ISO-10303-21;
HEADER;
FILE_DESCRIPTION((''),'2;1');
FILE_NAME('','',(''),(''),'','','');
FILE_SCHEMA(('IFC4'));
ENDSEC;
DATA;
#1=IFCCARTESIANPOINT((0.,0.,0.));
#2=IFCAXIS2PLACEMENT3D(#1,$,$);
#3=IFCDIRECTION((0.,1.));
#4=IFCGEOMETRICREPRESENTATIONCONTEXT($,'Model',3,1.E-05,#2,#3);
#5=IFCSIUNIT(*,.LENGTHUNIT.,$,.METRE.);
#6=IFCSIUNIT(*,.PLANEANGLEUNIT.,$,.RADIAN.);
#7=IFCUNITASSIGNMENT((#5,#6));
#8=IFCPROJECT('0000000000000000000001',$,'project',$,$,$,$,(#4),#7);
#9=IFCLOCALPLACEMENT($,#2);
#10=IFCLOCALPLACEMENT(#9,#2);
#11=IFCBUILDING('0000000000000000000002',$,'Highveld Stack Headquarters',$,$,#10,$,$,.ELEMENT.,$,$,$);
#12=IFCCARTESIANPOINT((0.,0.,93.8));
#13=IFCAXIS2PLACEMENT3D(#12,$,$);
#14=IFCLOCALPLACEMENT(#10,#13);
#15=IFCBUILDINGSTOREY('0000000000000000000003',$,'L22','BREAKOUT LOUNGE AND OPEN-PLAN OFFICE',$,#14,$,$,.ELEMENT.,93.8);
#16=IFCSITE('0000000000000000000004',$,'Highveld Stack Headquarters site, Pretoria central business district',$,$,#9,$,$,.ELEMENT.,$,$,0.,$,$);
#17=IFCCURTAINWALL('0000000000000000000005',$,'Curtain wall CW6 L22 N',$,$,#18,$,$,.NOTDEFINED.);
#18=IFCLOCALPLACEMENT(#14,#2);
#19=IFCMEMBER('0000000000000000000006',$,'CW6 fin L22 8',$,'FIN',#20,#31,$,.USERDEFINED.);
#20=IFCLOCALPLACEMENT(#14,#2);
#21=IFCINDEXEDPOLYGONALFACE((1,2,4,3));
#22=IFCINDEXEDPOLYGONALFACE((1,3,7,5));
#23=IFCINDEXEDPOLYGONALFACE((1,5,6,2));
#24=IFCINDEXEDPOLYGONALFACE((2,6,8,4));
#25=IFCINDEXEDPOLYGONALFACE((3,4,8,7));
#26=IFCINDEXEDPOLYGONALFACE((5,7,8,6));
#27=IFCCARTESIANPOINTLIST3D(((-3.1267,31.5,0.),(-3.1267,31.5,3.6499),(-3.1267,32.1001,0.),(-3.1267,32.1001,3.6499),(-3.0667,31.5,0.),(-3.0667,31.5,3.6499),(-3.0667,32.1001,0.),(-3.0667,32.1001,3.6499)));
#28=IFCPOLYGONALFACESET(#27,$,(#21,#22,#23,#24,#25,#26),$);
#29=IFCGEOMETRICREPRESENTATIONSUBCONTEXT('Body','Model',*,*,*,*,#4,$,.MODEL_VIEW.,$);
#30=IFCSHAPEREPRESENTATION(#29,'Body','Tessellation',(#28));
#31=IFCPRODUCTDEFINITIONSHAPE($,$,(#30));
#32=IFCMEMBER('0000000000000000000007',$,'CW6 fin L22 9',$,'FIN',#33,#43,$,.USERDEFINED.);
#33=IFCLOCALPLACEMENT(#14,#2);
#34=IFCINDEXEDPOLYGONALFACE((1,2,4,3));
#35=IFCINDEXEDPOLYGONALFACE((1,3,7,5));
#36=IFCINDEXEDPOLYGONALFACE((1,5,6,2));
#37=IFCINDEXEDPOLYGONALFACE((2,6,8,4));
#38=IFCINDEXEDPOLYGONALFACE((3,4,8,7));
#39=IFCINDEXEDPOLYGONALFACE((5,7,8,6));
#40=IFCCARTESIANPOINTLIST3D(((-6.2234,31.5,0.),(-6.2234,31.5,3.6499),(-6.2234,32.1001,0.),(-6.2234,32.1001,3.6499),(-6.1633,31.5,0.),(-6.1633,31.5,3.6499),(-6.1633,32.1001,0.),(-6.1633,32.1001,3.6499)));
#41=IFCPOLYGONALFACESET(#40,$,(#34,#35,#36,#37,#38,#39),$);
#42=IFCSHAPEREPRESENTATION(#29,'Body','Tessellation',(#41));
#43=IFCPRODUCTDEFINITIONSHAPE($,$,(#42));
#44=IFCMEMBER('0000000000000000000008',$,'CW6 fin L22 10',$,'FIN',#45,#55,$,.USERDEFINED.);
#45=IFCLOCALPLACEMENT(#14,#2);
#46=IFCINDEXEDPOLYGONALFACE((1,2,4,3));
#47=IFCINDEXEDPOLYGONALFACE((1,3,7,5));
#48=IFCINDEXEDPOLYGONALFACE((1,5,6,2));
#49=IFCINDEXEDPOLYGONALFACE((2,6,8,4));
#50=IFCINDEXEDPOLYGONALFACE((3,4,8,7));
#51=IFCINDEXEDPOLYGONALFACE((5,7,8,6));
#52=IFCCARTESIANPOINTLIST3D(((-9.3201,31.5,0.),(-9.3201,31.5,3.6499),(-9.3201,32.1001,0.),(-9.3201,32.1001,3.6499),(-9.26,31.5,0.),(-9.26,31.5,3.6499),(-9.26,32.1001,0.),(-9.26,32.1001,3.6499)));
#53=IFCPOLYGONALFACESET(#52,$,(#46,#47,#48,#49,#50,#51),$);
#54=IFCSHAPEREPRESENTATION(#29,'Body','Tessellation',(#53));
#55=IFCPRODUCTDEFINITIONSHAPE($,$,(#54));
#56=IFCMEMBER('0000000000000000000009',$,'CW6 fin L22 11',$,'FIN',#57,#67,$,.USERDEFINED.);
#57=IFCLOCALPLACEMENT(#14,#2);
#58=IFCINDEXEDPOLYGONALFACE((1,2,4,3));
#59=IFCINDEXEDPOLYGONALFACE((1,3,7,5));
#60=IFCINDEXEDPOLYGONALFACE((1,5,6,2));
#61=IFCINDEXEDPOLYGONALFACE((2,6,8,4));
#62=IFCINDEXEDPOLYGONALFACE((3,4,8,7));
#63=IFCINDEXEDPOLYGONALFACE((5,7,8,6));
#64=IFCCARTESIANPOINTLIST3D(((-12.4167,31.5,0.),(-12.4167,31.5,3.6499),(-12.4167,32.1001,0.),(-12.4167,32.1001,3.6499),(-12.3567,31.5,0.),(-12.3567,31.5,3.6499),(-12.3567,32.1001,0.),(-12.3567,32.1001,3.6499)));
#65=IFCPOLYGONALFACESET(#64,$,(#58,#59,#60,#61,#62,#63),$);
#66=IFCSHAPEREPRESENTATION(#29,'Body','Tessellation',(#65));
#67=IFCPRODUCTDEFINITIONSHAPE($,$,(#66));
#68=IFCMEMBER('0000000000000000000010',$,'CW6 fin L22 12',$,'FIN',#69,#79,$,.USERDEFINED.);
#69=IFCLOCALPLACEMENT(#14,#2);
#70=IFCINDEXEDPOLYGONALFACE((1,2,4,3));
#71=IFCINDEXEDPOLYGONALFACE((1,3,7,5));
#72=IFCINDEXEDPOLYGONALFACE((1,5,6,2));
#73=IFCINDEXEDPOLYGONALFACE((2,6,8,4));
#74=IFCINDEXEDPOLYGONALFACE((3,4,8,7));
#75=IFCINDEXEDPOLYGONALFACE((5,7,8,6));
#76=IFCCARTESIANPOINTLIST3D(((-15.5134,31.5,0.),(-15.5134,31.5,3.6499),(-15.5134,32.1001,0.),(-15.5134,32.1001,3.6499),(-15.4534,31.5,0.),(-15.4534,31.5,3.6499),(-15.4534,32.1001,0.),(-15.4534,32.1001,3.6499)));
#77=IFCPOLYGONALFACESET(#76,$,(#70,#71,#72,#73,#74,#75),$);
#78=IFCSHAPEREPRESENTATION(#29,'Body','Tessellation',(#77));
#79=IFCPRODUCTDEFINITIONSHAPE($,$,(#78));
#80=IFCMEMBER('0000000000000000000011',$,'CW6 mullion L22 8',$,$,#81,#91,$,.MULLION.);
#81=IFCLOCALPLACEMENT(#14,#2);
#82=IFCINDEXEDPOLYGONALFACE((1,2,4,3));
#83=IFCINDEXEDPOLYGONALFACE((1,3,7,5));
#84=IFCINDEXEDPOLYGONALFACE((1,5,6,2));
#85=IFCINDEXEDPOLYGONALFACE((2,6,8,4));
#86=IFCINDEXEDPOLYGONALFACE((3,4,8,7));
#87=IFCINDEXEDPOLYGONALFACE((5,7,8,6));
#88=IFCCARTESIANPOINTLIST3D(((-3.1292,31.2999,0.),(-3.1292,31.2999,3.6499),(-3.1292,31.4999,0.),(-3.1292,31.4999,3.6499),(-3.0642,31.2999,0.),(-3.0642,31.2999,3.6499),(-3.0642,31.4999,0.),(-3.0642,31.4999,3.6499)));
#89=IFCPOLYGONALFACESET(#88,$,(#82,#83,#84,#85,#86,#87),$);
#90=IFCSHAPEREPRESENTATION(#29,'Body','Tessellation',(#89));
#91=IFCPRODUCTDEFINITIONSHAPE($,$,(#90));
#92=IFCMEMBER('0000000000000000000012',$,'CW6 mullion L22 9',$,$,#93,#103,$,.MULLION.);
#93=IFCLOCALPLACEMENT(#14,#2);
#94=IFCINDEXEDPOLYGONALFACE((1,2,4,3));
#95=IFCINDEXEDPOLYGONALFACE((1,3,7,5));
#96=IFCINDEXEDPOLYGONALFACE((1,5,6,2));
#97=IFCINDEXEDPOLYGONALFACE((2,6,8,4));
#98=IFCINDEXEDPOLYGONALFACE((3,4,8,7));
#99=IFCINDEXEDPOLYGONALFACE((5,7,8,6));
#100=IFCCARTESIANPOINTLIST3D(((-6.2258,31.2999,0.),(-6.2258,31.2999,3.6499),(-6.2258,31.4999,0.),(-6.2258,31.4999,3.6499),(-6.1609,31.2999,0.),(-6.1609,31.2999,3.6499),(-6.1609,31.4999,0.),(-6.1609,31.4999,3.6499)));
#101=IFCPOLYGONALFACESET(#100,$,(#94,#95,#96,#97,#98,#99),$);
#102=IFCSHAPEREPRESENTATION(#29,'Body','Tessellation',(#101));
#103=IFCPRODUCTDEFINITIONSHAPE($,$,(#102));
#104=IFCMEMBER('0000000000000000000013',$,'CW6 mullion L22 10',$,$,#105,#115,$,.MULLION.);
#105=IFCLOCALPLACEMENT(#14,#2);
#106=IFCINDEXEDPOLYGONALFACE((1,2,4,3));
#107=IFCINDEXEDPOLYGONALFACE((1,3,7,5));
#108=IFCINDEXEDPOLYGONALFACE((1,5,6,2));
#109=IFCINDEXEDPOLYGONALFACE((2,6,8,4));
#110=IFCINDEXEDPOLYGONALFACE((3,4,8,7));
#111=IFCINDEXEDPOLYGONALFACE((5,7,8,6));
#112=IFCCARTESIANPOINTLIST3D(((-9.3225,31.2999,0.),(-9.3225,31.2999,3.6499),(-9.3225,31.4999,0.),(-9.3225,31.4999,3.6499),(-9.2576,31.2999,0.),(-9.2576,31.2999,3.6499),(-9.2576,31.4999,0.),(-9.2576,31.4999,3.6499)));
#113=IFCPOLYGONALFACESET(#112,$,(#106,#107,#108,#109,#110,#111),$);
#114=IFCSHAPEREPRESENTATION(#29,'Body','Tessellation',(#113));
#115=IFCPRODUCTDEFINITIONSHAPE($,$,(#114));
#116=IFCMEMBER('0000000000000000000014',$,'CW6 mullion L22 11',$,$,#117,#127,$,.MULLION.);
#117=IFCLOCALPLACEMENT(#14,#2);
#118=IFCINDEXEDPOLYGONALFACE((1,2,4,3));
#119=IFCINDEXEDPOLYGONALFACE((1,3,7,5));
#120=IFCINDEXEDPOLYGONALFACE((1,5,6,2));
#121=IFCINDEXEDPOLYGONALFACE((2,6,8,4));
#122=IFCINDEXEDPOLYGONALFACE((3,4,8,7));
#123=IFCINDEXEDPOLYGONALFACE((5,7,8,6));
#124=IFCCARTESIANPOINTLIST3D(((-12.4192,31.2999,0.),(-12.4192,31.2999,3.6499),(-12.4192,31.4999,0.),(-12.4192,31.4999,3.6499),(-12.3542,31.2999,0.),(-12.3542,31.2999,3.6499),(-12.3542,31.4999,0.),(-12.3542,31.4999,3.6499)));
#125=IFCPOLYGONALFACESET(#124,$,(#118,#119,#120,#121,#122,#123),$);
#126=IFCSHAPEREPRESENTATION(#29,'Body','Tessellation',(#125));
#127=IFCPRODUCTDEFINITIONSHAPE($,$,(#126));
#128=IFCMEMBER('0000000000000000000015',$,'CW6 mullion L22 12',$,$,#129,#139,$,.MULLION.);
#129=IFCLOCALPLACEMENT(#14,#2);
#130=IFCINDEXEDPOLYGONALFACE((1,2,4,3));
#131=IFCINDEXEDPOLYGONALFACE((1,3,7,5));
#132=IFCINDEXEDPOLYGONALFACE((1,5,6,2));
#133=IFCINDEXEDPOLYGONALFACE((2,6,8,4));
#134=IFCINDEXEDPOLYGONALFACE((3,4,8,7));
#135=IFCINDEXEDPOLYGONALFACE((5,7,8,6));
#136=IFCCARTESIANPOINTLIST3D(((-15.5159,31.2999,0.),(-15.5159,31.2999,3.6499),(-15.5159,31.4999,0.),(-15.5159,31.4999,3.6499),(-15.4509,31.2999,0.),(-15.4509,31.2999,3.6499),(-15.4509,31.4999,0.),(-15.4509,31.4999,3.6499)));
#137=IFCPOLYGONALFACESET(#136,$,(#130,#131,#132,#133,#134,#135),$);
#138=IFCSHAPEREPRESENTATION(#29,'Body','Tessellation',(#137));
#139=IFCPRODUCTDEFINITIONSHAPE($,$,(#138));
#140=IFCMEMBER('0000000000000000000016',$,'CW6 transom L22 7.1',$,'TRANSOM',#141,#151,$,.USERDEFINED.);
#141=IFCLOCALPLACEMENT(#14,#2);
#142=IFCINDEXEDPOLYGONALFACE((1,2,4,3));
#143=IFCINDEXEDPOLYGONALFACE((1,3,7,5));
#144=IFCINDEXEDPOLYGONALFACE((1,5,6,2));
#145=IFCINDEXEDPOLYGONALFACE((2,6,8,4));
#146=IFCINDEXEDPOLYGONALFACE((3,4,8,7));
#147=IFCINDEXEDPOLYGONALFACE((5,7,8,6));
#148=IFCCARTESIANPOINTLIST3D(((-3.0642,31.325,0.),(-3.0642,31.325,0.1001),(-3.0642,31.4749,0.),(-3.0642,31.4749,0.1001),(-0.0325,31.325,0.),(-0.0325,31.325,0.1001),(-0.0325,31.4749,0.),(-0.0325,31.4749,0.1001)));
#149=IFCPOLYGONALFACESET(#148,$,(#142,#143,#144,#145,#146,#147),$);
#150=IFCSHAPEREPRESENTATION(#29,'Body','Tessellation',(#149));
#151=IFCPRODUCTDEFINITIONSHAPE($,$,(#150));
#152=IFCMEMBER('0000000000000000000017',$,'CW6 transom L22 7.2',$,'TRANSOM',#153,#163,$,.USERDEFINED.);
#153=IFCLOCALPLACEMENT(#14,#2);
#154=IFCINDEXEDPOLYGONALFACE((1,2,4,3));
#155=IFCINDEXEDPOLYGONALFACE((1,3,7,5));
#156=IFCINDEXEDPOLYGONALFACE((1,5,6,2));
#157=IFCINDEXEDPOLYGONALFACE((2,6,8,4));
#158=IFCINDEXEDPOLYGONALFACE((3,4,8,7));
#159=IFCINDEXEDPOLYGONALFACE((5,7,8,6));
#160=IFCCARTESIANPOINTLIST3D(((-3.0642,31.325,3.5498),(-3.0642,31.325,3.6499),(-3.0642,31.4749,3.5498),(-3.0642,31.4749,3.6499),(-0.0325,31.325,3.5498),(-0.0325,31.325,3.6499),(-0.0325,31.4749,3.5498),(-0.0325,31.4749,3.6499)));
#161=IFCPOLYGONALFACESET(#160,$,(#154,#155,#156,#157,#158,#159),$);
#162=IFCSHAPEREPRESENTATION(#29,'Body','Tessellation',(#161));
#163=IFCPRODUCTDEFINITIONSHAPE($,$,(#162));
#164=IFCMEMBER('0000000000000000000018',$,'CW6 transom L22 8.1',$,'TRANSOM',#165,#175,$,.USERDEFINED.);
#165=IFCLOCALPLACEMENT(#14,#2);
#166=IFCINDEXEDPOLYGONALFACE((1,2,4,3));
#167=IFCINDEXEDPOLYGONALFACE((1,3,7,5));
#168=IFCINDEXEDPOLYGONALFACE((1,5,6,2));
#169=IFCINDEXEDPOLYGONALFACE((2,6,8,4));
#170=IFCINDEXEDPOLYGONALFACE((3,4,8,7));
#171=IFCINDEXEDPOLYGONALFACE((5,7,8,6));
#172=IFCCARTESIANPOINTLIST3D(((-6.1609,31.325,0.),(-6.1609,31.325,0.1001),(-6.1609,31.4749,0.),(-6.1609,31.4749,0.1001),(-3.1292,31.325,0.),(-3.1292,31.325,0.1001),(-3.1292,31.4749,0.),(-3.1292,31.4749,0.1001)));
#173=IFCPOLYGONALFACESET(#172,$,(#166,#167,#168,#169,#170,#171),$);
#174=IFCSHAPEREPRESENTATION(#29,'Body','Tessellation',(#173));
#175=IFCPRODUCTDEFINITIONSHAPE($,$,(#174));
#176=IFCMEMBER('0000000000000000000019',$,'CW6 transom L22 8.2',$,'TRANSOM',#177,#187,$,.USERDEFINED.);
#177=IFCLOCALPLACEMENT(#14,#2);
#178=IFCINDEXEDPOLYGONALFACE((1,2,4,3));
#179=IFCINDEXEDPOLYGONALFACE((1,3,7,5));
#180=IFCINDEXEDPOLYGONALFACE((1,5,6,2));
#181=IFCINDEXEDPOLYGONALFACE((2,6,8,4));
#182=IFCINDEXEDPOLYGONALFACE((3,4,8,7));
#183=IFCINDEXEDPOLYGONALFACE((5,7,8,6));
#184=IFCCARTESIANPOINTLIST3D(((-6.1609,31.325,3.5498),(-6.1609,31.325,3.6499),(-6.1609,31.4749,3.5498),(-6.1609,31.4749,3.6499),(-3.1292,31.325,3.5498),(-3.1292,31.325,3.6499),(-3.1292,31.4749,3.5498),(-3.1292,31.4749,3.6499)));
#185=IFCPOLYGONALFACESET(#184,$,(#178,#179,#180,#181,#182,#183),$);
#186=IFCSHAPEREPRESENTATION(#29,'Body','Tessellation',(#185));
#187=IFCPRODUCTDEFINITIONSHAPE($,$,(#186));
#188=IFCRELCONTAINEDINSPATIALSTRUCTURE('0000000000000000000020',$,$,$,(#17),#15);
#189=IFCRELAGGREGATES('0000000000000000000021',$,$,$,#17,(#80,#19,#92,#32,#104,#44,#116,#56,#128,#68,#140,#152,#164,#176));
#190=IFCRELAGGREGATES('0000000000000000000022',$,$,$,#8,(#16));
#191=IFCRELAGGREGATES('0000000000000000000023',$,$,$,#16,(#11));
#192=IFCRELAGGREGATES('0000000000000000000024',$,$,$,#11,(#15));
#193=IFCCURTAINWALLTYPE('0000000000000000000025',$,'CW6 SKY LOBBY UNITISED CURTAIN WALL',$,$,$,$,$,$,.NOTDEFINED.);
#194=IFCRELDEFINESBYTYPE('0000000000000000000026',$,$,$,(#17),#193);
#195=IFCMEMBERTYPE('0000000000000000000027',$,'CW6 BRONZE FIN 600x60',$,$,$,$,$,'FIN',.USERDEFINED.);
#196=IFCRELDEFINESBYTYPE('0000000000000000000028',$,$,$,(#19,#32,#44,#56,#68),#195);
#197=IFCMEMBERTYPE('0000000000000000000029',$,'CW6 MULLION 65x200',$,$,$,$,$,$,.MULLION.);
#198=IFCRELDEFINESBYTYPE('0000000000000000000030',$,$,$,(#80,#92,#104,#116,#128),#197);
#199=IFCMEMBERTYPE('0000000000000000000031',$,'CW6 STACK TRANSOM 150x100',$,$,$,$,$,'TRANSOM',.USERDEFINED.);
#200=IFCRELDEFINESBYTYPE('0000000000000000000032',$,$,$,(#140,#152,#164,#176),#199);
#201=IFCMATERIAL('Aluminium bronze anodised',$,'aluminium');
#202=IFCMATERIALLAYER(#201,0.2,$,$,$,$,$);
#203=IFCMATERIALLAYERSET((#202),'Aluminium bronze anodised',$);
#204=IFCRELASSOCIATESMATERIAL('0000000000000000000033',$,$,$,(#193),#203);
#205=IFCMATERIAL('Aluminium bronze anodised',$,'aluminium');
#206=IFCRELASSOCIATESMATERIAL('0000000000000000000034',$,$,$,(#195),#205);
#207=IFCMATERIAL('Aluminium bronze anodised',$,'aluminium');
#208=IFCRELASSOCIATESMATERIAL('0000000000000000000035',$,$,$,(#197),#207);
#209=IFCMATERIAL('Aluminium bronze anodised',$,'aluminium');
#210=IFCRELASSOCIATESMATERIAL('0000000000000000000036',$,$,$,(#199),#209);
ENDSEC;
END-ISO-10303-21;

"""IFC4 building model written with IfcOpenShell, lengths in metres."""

from ifc_helpers import new_model, si_unit, direction, frame, origin, origin_2d, place, context, subcontext, project, spatial, rectangle, extrude, material, layer, layer_set, material_profile, profile_set, type_object, element, aggregate, save


model = new_model("IFC4")

# Units and contexts
model_context = context("Model", 3, precision=1e-05, world=origin(), true_north=direction((0.0, 1.0)))
body_context = subcontext(model_context, "Body", "Model", "MODEL_VIEW")
ifc_project = project(units=[si_unit("LENGTHUNIT", "METRE"), si_unit("PLANEANGLEUNIT", "RADIAN")], contexts=[model_context])

# Site, building, storey
site_placement = place(None, origin())
site = spatial("IfcSite", under=ifc_project, at=site_placement, Name="Highveld Stack Headquarters site, Pretoria central business district", CompositionType="ELEMENT", RefElevation=0.0)
building_placement = place(site_placement, origin())
building = spatial("IfcBuilding", under=site, at=building_placement, Name="Highveld Stack Headquarters", CompositionType="ELEMENT")
storey_placement = place(building_placement, frame((0.0, 0.0, 93.8)))
storey = spatial("IfcBuildingStorey", under=building, at=storey_placement, Name="L22", Description="BREAKOUT LOUNGE AND OPEN-PLAN OFFICE", CompositionType="ELEMENT", Elevation=93.8)

# Curtain wall, members
ifc_material_1 = material(Name="Aluminium bronze anodised", Category="aluminium")
ifc_layer_1 = layer(ifc_material_1, 0.2)
ifc_layer_set_1 = layer_set([ifc_layer_1], Name="Aluminium bronze anodised")
curtain_wall_type = type_object("IfcCurtainWallType", Name="CW6 SKY LOBBY UNITISED CURTAIN WALL", PredefinedType="NOTDEFINED", material=ifc_layer_set_1)
curtain_wall_placement = place(storey_placement, origin())
curtain_wall = element("IfcCurtainWall", 1, at=curtain_wall_placement, inside=storey, type_object=curtain_wall_type, Name="Curtain wall CW6 L22 N", PredefinedType="NOTDEFINED")
ifc_material_2 = material(Name="Aluminium bronze anodised", Category="aluminium")
ifc_material_profile_1 = material_profile(ifc_material_2, rectangle(XDim=0.6001, YDim=0.0601, at=origin_2d()), Name="FIN 600x60")
ifc_profile_set_1 = profile_set([ifc_material_profile_1], Name="Aluminium bronze anodised")
member_type_1 = type_object("IfcMemberType", Name="CW6 BRONZE FIN 600x60", ElementType="FIN", PredefinedType="USERDEFINED", material=ifc_profile_set_1)
member_1_placement = place(storey_placement, frame((-3.0967, 31.8, 0.0), z_axis=(0.0, 0.0, 1.0), x_axis=(0.0, -1.0, 0.0)))
member_1 = element("IfcMember", 2, at=member_1_placement, type_object=member_type_1, Name="CW6 fin L22 8", ObjectType="FIN", PredefinedType="USERDEFINED", context=body_context, shape_type="SweptSolid", body=[
    extrude(rectangle(XDim=0.6001, YDim=0.0601, at=origin_2d()), origin(), (0.0, 0.0, 1.0), 3.6499),
])
member_2_placement = place(storey_placement, frame((-6.1934, 31.8, 0.0), z_axis=(0.0, 0.0, 1.0), x_axis=(0.0, -1.0, 0.0)))
member_2 = element("IfcMember", 3, at=member_2_placement, type_object=member_type_1, Name="CW6 fin L22 9", ObjectType="FIN", PredefinedType="USERDEFINED", context=body_context, shape_type="SweptSolid", body=[
    extrude(rectangle(XDim=0.6001, YDim=0.0601, at=origin_2d()), origin(), (0.0, 0.0, 1.0), 3.6499),
])
member_3_placement = place(storey_placement, frame((-9.29, 31.8, 0.0), z_axis=(0.0, 0.0, 1.0), x_axis=(0.0, -1.0, 0.0)))
member_3 = element("IfcMember", 4, at=member_3_placement, type_object=member_type_1, Name="CW6 fin L22 10", ObjectType="FIN", PredefinedType="USERDEFINED", context=body_context, shape_type="SweptSolid", body=[
    extrude(rectangle(XDim=0.6001, YDim=0.0601, at=origin_2d()), origin(), (0.0, 0.0, 1.0), 3.6499),
])
member_4_placement = place(storey_placement, frame((-12.3867, 31.8, 0.0), z_axis=(0.0, 0.0, 1.0), x_axis=(0.0, -1.0, 0.0)))
member_4 = element("IfcMember", 5, at=member_4_placement, type_object=member_type_1, Name="CW6 fin L22 11", ObjectType="FIN", PredefinedType="USERDEFINED", context=body_context, shape_type="SweptSolid", body=[
    extrude(rectangle(XDim=0.6001, YDim=0.0601, at=origin_2d()), origin(), (0.0, 0.0, 1.0), 3.6499),
])
member_5_placement = place(storey_placement, frame((-15.4834, 31.8, 0.0), z_axis=(0.0, 0.0, 1.0), x_axis=(0.0, -1.0, 0.0)))
member_5 = element("IfcMember", 6, at=member_5_placement, type_object=member_type_1, Name="CW6 fin L22 12", ObjectType="FIN", PredefinedType="USERDEFINED", context=body_context, shape_type="SweptSolid", body=[
    extrude(rectangle(XDim=0.6001, YDim=0.0601, at=origin_2d()), origin(), (0.0, 0.0, 1.0), 3.6499),
])
ifc_material_3 = material(Name="Aluminium bronze anodised", Category="aluminium")
ifc_material_profile_2 = material_profile(ifc_material_3, rectangle(XDim=0.2, YDim=0.0649, at=origin_2d()), Name="CW6 MULLION 65x200")
ifc_profile_set_2 = profile_set([ifc_material_profile_2], Name="Aluminium bronze anodised")
member_type_2 = type_object("IfcMemberType", Name="CW6 MULLION 65x200", PredefinedType="MULLION", material=ifc_profile_set_2)
member_6_placement = place(storey_placement, frame((-3.0967, 31.3999, 0.0), z_axis=(0.0, 0.0, 1.0), x_axis=(0.0, -1.0, 0.0)))
member_6 = element("IfcMember", 7, at=member_6_placement, type_object=member_type_2, Name="CW6 mullion L22 8", PredefinedType="MULLION", context=body_context, shape_type="SweptSolid", body=[
    extrude(rectangle(XDim=0.2, YDim=0.0649, at=origin_2d()), origin(), (0.0, 0.0, 1.0), 3.6499),
])
member_7_placement = place(storey_placement, frame((-6.1934, 31.3999, 0.0), z_axis=(0.0, 0.0, 1.0), x_axis=(0.0, -1.0, 0.0)))
member_7 = element("IfcMember", 8, at=member_7_placement, type_object=member_type_2, Name="CW6 mullion L22 9", PredefinedType="MULLION", context=body_context, shape_type="SweptSolid", body=[
    extrude(rectangle(XDim=0.2, YDim=0.0649, at=origin_2d()), origin(), (0.0, 0.0, 1.0), 3.6499),
])
member_8_placement = place(storey_placement, frame((-9.29, 31.3999, 0.0), z_axis=(0.0, 0.0, 1.0), x_axis=(0.0, -1.0, 0.0)))
member_8 = element("IfcMember", 9, at=member_8_placement, type_object=member_type_2, Name="CW6 mullion L22 10", PredefinedType="MULLION", context=body_context, shape_type="SweptSolid", body=[
    extrude(rectangle(XDim=0.2, YDim=0.0649, at=origin_2d()), origin(), (0.0, 0.0, 1.0), 3.6499),
])
member_9_placement = place(storey_placement, frame((-12.3867, 31.3999, 0.0), z_axis=(0.0, 0.0, 1.0), x_axis=(0.0, -1.0, 0.0)))
member_9 = element("IfcMember", 10, at=member_9_placement, type_object=member_type_2, Name="CW6 mullion L22 11", PredefinedType="MULLION", context=body_context, shape_type="SweptSolid", body=[
    extrude(rectangle(XDim=0.2, YDim=0.0649, at=origin_2d()), origin(), (0.0, 0.0, 1.0), 3.6499),
])
member_10_placement = place(storey_placement, frame((-15.4834, 31.3999, 0.0), z_axis=(0.0, 0.0, 1.0), x_axis=(0.0, -1.0, 0.0)))
member_10 = element("IfcMember", 11, at=member_10_placement, type_object=member_type_2, Name="CW6 mullion L22 12", PredefinedType="MULLION", context=body_context, shape_type="SweptSolid", body=[
    extrude(rectangle(XDim=0.2, YDim=0.0649, at=origin_2d()), origin(), (0.0, 0.0, 1.0), 3.6499),
])
ifc_material_4 = material(Name="Aluminium bronze anodised", Category="aluminium")
ifc_material_profile_3 = material_profile(ifc_material_4, rectangle(XDim=0.1499, YDim=0.1001, at=origin_2d()), Name="CW6 TRANSOM 150x100")
ifc_profile_set_3 = profile_set([ifc_material_profile_3], Name="Aluminium bronze anodised")
member_type_3 = type_object("IfcMemberType", Name="CW6 STACK TRANSOM 150x100", ElementType="TRANSOM", PredefinedType="USERDEFINED", material=ifc_profile_set_3)
member_11_placement = place(storey_placement, frame((-0.0325, 31.3999, 0.05), z_axis=(-1.0, 0.0, 0.0), x_axis=(0.0, -1.0, 0.0)))
member_11 = element("IfcMember", 12, at=member_11_placement, type_object=member_type_3, Name="CW6 transom L22 7.1", ObjectType="TRANSOM", PredefinedType="USERDEFINED", context=body_context, shape_type="SweptSolid", body=[
    extrude(rectangle(XDim=0.1499, YDim=0.1001, at=origin_2d()), origin(), (0.0, 0.0, 1.0), 3.0317),
])
member_12_placement = place(storey_placement, frame((-0.0325, 31.3999, 3.5999), z_axis=(-1.0, 0.0, 0.0), x_axis=(0.0, -1.0, 0.0)))
member_12 = element("IfcMember", 13, at=member_12_placement, type_object=member_type_3, Name="CW6 transom L22 7.2", ObjectType="TRANSOM", PredefinedType="USERDEFINED", context=body_context, shape_type="SweptSolid", body=[
    extrude(rectangle(XDim=0.1499, YDim=0.1001, at=origin_2d()), origin(), (0.0, 0.0, 1.0), 3.0317),
])
member_13_placement = place(storey_placement, frame((-3.1292, 31.3999, 0.05), z_axis=(-1.0, 0.0, 0.0), x_axis=(0.0, -1.0, 0.0)))
member_13 = element("IfcMember", 14, at=member_13_placement, type_object=member_type_3, Name="CW6 transom L22 8.1", ObjectType="TRANSOM", PredefinedType="USERDEFINED", context=body_context, shape_type="SweptSolid", body=[
    extrude(rectangle(XDim=0.1499, YDim=0.1001, at=origin_2d()), origin(), (0.0, 0.0, 1.0), 3.0317),
])
member_14_placement = place(storey_placement, frame((-3.1292, 31.3999, 3.5999), z_axis=(-1.0, 0.0, 0.0), x_axis=(0.0, -1.0, 0.0)))
member_14 = element("IfcMember", 15, at=member_14_placement, type_object=member_type_3, Name="CW6 transom L22 8.2", ObjectType="TRANSOM", PredefinedType="USERDEFINED", context=body_context, shape_type="SweptSolid", body=[
    extrude(rectangle(XDim=0.1499, YDim=0.1001, at=origin_2d()), origin(), (0.0, 0.0, 1.0), 3.0317),
])
aggregate(curtain_wall, [member_6, member_1, member_7, member_2, member_8, member_3, member_9, member_4, member_10, member_5, member_11, member_12, member_13, member_14])

save(model, "model.ifc")
